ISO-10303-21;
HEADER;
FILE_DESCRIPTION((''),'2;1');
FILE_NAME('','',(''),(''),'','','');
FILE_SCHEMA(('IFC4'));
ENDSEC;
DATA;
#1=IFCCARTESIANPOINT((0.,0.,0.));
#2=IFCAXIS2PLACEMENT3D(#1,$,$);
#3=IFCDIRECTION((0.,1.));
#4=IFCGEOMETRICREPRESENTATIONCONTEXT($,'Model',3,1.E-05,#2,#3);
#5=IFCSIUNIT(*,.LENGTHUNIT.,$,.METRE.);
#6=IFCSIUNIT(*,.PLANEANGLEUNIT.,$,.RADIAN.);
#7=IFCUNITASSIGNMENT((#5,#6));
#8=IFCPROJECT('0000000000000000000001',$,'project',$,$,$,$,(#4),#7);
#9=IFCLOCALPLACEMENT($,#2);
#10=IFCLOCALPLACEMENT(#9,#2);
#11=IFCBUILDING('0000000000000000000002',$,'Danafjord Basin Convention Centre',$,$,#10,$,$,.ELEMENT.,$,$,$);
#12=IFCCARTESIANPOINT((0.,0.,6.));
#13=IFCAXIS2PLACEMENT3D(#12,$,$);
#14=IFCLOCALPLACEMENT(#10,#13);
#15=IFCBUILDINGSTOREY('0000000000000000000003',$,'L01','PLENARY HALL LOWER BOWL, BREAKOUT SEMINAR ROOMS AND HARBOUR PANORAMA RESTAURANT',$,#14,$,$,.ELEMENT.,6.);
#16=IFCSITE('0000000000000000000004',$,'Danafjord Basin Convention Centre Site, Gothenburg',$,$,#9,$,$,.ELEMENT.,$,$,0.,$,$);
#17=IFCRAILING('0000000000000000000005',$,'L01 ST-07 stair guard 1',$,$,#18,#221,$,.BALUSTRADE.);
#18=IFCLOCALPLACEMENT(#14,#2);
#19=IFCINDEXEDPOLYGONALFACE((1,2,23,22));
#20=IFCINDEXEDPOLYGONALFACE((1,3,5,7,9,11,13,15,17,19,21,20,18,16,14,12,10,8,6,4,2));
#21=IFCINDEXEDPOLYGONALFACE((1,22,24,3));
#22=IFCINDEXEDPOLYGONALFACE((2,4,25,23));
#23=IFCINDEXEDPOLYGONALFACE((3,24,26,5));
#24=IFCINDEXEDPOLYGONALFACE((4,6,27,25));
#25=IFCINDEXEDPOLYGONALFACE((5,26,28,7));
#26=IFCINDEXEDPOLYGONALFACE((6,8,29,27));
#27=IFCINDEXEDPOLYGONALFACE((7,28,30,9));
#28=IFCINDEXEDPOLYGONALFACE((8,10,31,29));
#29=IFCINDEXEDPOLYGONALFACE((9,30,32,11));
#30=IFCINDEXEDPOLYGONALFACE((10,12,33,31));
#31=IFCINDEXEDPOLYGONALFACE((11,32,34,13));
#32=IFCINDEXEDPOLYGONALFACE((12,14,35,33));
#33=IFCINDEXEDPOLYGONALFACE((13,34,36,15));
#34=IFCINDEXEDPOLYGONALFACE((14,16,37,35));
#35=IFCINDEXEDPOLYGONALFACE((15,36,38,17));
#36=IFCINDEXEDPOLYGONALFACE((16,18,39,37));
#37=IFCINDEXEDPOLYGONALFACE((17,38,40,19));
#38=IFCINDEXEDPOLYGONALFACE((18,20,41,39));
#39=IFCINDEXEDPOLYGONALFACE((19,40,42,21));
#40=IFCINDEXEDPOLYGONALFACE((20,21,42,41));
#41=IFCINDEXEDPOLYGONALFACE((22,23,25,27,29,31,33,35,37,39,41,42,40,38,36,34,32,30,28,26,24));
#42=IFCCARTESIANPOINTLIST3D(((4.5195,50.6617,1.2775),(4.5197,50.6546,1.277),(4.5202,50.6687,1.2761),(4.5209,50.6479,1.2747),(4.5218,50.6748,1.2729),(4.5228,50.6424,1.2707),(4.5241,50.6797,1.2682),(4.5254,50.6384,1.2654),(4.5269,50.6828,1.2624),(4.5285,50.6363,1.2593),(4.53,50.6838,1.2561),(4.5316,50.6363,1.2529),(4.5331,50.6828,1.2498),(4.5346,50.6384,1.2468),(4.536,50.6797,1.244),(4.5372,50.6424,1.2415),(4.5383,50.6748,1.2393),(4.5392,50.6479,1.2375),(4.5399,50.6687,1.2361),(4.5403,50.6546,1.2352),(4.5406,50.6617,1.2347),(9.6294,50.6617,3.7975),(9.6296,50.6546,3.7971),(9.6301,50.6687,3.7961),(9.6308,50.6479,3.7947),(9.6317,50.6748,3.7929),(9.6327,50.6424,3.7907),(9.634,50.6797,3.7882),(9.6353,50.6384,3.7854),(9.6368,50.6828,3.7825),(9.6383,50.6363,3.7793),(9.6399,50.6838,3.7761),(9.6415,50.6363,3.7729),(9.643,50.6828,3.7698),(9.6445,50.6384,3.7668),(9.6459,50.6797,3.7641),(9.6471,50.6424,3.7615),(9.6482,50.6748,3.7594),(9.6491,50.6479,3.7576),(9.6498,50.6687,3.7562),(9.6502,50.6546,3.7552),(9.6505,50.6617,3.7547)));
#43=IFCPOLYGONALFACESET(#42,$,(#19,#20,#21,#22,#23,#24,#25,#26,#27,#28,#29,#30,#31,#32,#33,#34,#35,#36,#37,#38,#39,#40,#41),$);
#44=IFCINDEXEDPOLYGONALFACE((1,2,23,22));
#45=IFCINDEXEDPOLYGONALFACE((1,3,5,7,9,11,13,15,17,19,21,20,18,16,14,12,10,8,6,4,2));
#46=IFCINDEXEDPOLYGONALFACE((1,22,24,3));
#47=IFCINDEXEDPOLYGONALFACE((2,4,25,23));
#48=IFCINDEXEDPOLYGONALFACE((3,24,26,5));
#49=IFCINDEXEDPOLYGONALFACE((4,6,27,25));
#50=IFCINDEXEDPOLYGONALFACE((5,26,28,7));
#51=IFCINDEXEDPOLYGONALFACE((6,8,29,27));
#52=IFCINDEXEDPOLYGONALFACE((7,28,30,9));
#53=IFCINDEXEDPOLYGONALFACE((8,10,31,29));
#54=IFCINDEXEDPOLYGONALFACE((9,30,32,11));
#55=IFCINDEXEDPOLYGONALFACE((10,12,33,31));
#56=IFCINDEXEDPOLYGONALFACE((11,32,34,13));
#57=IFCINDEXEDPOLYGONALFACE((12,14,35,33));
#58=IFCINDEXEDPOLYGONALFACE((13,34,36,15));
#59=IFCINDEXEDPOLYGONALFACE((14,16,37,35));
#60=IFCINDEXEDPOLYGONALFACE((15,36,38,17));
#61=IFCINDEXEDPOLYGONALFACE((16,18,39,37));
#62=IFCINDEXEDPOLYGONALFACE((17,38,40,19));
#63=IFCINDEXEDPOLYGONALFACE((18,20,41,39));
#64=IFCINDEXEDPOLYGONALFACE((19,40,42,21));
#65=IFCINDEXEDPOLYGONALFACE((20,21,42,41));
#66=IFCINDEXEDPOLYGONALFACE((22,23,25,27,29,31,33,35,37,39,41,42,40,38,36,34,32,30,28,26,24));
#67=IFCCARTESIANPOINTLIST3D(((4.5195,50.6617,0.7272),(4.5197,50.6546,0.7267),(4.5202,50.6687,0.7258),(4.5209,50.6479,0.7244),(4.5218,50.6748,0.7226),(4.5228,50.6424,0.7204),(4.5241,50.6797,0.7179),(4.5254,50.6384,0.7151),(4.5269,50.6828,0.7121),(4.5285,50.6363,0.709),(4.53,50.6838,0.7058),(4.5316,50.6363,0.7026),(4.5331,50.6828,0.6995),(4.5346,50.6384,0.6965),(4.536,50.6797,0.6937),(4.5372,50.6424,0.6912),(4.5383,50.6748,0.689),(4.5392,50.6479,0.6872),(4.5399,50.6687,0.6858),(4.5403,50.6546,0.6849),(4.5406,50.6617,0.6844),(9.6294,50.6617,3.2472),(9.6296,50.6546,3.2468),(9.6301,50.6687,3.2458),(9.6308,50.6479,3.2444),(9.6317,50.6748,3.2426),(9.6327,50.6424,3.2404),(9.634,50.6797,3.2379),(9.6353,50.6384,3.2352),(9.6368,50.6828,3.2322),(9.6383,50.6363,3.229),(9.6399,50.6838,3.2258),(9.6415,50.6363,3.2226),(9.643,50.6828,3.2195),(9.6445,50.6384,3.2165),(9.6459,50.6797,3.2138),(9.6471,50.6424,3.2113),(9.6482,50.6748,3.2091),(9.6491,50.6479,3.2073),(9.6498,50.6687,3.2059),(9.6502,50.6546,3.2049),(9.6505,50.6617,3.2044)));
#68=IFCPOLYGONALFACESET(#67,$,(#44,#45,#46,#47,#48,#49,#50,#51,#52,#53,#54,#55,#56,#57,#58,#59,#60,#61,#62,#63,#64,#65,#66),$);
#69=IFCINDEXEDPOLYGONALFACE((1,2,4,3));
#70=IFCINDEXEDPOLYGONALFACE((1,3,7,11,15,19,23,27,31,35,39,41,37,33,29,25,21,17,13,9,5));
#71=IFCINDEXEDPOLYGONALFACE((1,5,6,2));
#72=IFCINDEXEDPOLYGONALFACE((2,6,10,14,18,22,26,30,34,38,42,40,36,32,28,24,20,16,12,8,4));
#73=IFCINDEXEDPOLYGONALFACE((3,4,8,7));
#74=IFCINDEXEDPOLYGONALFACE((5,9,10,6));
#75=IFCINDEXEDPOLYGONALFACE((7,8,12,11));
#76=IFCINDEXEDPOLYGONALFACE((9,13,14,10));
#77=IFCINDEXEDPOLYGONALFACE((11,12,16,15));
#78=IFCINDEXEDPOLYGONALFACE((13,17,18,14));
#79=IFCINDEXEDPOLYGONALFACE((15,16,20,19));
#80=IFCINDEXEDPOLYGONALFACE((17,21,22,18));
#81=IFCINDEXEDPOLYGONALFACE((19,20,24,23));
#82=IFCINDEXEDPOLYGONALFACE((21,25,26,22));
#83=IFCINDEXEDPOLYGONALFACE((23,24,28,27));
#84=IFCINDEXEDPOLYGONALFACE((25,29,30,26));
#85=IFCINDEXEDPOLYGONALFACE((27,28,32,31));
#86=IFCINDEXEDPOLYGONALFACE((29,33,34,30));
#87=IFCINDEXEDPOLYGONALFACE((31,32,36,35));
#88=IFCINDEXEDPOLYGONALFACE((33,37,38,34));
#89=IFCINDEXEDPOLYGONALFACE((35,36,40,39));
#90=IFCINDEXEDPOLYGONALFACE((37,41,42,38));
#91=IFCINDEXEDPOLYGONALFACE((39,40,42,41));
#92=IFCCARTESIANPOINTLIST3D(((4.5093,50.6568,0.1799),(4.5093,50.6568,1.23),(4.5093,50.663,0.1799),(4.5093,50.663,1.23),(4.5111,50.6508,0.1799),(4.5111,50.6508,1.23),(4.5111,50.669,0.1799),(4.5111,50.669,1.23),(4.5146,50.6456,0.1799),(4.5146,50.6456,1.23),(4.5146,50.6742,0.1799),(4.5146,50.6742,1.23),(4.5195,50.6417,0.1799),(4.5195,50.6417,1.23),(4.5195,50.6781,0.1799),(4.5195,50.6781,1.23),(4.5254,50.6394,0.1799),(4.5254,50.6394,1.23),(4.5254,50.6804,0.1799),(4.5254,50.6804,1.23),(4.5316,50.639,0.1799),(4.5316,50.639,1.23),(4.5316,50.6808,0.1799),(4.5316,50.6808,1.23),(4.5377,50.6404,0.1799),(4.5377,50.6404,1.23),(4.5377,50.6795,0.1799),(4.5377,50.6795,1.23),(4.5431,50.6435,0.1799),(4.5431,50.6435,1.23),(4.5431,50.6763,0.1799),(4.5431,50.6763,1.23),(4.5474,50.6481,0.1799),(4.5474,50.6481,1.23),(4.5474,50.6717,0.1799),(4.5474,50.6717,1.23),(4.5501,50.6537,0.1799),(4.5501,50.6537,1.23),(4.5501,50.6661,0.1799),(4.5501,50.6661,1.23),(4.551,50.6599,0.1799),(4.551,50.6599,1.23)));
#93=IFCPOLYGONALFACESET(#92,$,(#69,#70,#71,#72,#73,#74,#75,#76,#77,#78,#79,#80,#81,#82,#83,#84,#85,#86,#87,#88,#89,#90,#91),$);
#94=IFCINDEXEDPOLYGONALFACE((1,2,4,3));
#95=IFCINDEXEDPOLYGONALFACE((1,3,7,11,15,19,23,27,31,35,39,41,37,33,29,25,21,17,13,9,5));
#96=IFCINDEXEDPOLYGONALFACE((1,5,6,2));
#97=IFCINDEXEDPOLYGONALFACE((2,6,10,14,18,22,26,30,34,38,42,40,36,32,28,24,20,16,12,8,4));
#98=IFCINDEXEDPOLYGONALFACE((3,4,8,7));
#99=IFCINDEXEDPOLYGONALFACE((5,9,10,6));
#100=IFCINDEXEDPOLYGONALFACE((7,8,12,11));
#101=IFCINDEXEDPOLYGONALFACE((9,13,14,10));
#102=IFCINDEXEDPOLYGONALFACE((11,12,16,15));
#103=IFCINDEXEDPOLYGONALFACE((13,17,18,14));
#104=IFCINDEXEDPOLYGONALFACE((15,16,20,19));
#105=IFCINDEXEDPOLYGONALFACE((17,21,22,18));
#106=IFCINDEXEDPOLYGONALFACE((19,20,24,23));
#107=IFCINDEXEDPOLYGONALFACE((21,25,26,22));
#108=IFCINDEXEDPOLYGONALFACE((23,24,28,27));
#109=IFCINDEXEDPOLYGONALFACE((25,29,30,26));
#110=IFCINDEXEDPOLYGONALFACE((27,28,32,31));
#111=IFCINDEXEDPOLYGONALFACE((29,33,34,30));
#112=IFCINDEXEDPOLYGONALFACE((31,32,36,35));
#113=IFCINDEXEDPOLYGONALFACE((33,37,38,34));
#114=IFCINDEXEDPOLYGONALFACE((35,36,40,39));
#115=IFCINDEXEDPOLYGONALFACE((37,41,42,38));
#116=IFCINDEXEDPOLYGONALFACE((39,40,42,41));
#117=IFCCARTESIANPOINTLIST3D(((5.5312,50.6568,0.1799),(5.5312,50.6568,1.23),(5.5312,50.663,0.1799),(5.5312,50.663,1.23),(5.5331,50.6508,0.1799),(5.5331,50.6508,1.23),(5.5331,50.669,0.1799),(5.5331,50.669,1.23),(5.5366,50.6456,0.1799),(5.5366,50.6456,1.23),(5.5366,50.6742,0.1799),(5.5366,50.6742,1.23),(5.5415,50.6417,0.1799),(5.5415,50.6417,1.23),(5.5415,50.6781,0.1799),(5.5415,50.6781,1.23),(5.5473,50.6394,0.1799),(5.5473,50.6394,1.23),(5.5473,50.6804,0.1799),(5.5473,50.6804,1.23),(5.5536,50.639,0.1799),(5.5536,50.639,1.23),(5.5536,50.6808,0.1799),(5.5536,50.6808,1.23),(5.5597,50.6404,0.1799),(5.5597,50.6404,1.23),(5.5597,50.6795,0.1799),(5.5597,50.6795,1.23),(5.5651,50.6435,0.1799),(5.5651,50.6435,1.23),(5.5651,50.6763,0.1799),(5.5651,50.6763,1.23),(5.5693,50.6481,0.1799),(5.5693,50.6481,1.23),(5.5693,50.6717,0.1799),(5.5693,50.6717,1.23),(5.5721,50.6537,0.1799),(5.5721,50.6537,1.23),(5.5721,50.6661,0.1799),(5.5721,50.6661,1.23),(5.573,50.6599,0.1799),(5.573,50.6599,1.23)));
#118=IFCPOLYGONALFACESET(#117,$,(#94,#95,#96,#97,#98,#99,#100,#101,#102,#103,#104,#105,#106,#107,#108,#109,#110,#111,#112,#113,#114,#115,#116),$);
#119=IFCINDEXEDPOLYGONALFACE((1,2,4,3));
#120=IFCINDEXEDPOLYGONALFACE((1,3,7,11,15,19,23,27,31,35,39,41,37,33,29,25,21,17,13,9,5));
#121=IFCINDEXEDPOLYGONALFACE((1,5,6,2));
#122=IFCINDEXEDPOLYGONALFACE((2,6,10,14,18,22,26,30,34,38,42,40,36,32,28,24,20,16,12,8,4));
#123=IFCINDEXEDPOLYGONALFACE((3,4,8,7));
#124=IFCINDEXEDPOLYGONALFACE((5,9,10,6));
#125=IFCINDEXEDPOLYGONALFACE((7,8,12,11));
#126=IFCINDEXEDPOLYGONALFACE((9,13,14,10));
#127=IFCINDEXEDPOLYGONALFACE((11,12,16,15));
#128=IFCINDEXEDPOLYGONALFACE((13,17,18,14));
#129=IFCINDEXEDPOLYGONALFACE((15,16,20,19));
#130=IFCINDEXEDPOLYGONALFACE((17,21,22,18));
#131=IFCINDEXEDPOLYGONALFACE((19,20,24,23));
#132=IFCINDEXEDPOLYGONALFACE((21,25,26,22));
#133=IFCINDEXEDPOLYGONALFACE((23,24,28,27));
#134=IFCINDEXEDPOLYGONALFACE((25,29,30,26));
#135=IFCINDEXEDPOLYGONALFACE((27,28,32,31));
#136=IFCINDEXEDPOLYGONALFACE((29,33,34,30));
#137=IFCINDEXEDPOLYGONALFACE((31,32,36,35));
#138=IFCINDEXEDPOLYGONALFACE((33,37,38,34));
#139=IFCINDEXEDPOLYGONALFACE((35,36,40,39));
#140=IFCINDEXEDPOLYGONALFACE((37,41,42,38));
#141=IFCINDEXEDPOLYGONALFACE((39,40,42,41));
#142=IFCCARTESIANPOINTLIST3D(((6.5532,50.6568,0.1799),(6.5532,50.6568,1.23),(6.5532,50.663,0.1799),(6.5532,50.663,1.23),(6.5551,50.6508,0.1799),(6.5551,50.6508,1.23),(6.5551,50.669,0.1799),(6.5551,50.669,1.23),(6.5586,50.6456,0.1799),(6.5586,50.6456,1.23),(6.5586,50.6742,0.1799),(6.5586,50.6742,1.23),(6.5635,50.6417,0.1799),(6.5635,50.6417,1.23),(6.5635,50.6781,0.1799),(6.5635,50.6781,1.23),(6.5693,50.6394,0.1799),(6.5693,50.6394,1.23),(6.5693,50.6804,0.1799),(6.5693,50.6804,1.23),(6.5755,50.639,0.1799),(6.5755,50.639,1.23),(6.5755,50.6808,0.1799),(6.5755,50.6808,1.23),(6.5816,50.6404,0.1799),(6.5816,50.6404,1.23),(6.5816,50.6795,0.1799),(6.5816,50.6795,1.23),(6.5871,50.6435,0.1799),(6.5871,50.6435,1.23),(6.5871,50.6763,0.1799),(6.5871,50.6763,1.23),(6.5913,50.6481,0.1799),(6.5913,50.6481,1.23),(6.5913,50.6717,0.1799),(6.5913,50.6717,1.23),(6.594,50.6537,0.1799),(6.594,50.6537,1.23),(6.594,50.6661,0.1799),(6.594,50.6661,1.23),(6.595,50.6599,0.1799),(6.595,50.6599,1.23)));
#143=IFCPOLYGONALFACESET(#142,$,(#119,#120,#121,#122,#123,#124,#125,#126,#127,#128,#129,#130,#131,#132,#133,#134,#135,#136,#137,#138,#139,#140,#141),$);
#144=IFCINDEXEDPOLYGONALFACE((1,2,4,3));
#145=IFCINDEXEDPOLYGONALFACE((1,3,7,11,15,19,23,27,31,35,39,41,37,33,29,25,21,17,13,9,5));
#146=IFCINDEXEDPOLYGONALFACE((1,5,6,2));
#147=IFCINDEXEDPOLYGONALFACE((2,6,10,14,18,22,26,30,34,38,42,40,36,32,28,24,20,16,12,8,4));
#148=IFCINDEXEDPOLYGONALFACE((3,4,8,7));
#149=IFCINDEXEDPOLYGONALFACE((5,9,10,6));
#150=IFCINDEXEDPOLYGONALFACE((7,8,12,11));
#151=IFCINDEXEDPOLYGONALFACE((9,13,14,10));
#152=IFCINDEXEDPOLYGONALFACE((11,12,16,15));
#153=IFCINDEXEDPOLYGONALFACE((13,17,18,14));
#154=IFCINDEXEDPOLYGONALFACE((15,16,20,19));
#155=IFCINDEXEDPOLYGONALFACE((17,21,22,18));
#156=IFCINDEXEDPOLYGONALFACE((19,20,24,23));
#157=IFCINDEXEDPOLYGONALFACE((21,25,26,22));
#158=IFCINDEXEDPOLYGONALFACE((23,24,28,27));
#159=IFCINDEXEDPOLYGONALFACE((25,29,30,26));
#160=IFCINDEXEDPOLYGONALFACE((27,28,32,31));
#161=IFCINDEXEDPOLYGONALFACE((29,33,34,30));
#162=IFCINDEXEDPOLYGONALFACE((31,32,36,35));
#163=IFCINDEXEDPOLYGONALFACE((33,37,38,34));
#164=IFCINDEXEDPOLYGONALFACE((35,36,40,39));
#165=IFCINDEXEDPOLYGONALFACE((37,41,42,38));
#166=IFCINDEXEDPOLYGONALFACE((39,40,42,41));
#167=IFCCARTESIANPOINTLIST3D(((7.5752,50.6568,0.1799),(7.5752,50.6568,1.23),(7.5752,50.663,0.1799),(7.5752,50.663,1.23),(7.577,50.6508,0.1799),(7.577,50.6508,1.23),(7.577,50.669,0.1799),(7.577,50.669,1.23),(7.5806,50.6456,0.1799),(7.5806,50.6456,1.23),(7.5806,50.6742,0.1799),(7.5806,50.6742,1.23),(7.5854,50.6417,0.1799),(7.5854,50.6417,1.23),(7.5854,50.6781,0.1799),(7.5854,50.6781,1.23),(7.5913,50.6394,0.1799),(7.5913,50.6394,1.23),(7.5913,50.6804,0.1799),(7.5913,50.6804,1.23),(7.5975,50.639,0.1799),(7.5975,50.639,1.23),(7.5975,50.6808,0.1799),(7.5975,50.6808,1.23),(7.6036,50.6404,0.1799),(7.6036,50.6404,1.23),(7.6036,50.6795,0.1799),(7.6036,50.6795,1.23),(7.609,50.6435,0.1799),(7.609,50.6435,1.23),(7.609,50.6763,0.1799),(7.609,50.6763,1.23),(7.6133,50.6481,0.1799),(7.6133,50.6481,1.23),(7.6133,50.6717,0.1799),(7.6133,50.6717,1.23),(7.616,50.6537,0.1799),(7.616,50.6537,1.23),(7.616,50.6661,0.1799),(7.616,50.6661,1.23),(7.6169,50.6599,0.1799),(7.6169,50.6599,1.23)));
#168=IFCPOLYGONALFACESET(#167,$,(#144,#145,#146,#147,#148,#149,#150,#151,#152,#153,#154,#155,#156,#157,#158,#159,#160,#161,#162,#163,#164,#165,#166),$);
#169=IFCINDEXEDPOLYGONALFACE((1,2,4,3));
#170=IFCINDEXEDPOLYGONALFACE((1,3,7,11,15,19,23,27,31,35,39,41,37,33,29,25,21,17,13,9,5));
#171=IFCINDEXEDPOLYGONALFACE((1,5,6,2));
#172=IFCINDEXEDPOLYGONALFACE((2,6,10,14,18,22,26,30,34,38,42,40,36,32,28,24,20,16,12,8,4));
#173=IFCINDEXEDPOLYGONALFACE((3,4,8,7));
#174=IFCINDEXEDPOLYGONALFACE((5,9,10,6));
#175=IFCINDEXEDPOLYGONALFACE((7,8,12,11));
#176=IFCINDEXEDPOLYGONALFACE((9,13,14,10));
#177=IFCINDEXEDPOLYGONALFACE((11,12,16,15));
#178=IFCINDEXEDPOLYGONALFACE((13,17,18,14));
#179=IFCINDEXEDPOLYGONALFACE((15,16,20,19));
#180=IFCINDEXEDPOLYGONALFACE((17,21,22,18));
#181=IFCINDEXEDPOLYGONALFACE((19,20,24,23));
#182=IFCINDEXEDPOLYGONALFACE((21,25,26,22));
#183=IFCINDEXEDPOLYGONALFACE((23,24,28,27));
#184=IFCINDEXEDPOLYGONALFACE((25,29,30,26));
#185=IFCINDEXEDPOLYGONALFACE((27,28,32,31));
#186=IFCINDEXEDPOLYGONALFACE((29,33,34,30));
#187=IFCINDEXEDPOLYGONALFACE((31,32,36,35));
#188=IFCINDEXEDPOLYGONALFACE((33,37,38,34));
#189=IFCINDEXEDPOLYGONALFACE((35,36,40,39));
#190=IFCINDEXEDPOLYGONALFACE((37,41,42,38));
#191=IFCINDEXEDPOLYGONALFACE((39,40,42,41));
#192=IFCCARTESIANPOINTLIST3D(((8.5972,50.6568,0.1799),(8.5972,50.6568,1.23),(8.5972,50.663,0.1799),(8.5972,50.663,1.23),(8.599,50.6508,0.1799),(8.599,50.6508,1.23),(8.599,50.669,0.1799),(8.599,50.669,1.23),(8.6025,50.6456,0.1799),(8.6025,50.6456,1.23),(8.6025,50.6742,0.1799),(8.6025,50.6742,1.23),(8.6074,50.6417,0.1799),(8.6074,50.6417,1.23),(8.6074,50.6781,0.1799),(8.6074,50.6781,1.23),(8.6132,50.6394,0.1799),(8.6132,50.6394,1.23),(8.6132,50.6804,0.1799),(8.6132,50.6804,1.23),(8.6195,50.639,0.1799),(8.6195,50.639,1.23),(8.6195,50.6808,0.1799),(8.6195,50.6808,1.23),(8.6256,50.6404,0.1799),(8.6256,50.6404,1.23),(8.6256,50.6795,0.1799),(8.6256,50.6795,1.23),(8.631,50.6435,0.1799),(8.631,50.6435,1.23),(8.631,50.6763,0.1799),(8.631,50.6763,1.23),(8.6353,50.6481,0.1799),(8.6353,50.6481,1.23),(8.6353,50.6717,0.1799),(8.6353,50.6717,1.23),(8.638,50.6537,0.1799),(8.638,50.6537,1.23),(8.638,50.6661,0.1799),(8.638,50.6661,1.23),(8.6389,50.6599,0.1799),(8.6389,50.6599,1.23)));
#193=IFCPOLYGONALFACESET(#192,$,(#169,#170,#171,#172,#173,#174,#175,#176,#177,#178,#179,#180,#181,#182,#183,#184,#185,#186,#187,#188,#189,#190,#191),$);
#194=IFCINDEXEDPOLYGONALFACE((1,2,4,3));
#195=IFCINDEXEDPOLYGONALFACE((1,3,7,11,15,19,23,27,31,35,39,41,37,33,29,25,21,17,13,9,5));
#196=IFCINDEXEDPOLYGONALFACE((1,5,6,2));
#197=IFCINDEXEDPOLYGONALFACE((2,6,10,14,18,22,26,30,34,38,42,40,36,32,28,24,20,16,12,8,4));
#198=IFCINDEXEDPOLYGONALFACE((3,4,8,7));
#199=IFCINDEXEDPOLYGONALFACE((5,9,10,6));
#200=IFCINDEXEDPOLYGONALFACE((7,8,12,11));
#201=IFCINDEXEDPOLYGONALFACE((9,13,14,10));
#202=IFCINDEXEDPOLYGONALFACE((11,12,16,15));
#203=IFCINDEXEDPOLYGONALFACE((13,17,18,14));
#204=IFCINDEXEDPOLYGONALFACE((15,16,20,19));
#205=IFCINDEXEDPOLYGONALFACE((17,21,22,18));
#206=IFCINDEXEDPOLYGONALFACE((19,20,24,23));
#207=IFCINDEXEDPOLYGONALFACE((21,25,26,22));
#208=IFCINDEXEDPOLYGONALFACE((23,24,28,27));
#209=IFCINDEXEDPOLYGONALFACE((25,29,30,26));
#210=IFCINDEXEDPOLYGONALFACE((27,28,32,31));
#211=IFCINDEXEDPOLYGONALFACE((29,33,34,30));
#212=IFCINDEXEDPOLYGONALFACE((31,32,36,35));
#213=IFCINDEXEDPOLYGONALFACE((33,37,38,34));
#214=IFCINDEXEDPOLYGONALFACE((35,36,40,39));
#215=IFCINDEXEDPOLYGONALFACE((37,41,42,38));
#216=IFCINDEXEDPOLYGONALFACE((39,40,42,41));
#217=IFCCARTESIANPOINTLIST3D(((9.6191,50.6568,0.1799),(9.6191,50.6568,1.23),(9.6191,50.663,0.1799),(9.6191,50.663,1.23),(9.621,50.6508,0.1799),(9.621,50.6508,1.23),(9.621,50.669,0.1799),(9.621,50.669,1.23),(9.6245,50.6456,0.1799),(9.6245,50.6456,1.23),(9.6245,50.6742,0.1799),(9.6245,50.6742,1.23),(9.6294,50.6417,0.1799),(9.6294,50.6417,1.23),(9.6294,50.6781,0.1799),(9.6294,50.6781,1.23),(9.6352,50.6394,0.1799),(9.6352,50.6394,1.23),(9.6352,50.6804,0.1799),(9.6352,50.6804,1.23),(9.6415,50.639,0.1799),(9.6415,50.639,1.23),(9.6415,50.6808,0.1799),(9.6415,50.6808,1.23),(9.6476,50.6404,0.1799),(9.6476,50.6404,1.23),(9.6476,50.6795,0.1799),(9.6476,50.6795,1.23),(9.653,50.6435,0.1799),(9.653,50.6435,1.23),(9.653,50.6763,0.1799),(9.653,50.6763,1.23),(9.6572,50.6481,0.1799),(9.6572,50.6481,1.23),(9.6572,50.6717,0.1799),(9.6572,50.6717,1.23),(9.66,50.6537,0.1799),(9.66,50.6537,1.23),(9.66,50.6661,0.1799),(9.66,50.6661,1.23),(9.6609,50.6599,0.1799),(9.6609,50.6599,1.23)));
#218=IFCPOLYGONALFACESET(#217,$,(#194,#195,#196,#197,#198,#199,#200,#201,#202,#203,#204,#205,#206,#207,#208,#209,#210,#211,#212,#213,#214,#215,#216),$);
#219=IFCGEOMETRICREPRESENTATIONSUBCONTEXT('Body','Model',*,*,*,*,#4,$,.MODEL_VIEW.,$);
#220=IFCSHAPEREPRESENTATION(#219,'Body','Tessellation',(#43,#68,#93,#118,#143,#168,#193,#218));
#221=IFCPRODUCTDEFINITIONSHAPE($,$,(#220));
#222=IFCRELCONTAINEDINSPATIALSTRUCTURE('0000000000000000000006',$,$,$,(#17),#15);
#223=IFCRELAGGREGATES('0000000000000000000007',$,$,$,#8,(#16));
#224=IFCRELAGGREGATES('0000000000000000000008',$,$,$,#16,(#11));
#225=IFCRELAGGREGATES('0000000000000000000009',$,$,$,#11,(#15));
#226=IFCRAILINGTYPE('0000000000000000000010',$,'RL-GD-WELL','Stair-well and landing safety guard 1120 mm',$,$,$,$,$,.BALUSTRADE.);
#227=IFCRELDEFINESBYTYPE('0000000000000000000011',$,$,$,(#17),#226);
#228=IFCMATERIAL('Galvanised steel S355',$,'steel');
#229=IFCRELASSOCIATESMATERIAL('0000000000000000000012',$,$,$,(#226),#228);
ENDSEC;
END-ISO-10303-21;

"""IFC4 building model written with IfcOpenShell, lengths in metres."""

from ifc_helpers import new_model, si_unit, direction, frame, origin, origin_2d, place, context, subcontext, project, spatial, circle, extrude, material, type_object, element, save


model = new_model("IFC4")

# Units and contexts
model_context = context("Model", 3, precision=1e-05, world=origin(), true_north=direction((0.0, 1.0)))
body_context = subcontext(model_context, "Body", "Model", "MODEL_VIEW")
ifc_project = project(units=[si_unit("LENGTHUNIT", "METRE"), si_unit("PLANEANGLEUNIT", "RADIAN")], contexts=[model_context])

# Site, building, storey
site_placement = place(None, origin())
site = spatial("IfcSite", under=ifc_project, at=site_placement, Name="Danafjord Basin Convention Centre Site, Gothenburg", CompositionType="ELEMENT", RefElevation=0.0)
building_placement = place(site_placement, origin())
building = spatial("IfcBuilding", under=site, at=building_placement, Name="Danafjord Basin Convention Centre", CompositionType="ELEMENT")
storey_placement = place(building_placement, frame((0.0, 0.0, 6.0)))
storey = spatial("IfcBuildingStorey", under=building, at=storey_placement, Name="L01", Description="PLENARY HALL LOWER BOWL, BREAKOUT SEMINAR ROOMS AND HARBOUR PANORAMA RESTAURANT", CompositionType="ELEMENT", Elevation=6.0)

# Railing
ifc_material_1 = material(Name="Galvanised steel S355", Category="steel")
railing_type_1 = type_object("IfcRailingType", Name="RL-GD-WELL", Description="Stair-well and landing safety guard 1120 mm", PredefinedType="BALUSTRADE", material=ifc_material_1)
railing_1_placement = place(storey_placement, frame((4.53, 50.6599, 0.1799)))
element("IfcRailing", 1, at=railing_1_placement, inside=storey, type_object=railing_type_1, Name="L01 ST-07 stair guard 1", PredefinedType="BALUSTRADE", context=body_context, shape_type="SweptSolid", body=[
    extrude(circle(Radius=0.0239, at=origin_2d()), frame((0.0, 0.0, 1.0762), z_axis=(0.896865, 0.0, 0.442305), x_axis=(0.0, 1.0, 0.0)), (0.0, 0.0, 1.0), 5.6975),
    extrude(circle(Radius=0.0239, at=origin_2d()), frame((0.0, 0.0, 0.5259), z_axis=(0.896865, 0.0, 0.442305), x_axis=(0.0, 1.0, 0.0)), (0.0, 0.0, 1.0), 5.6975),
    extrude(circle(Radius=0.021, at=origin_2d()), origin(), (0.0, 0.0, 1.0), 1.05),
    extrude(circle(Radius=0.021, at=origin_2d()), frame((1.022, 0.0, 0.0)), (0.0, 0.0, 1.0), 1.05),
    extrude(circle(Radius=0.021, at=origin_2d()), frame((2.0439, 0.0, 0.0)), (0.0, 0.0, 1.0), 1.05),
    extrude(circle(Radius=0.021, at=origin_2d()), frame((3.0659, 0.0, 0.0)), (0.0, 0.0, 1.0), 1.05),
    extrude(circle(Radius=0.021, at=origin_2d()), frame((4.0879, 0.0, 0.0)), (0.0, 0.0, 1.0), 1.05),
    extrude(circle(Radius=0.021, at=origin_2d()), frame((5.1099, 0.0, 0.0)), (0.0, 0.0, 1.0), 1.05),
])

save(model, "model.ifc")
